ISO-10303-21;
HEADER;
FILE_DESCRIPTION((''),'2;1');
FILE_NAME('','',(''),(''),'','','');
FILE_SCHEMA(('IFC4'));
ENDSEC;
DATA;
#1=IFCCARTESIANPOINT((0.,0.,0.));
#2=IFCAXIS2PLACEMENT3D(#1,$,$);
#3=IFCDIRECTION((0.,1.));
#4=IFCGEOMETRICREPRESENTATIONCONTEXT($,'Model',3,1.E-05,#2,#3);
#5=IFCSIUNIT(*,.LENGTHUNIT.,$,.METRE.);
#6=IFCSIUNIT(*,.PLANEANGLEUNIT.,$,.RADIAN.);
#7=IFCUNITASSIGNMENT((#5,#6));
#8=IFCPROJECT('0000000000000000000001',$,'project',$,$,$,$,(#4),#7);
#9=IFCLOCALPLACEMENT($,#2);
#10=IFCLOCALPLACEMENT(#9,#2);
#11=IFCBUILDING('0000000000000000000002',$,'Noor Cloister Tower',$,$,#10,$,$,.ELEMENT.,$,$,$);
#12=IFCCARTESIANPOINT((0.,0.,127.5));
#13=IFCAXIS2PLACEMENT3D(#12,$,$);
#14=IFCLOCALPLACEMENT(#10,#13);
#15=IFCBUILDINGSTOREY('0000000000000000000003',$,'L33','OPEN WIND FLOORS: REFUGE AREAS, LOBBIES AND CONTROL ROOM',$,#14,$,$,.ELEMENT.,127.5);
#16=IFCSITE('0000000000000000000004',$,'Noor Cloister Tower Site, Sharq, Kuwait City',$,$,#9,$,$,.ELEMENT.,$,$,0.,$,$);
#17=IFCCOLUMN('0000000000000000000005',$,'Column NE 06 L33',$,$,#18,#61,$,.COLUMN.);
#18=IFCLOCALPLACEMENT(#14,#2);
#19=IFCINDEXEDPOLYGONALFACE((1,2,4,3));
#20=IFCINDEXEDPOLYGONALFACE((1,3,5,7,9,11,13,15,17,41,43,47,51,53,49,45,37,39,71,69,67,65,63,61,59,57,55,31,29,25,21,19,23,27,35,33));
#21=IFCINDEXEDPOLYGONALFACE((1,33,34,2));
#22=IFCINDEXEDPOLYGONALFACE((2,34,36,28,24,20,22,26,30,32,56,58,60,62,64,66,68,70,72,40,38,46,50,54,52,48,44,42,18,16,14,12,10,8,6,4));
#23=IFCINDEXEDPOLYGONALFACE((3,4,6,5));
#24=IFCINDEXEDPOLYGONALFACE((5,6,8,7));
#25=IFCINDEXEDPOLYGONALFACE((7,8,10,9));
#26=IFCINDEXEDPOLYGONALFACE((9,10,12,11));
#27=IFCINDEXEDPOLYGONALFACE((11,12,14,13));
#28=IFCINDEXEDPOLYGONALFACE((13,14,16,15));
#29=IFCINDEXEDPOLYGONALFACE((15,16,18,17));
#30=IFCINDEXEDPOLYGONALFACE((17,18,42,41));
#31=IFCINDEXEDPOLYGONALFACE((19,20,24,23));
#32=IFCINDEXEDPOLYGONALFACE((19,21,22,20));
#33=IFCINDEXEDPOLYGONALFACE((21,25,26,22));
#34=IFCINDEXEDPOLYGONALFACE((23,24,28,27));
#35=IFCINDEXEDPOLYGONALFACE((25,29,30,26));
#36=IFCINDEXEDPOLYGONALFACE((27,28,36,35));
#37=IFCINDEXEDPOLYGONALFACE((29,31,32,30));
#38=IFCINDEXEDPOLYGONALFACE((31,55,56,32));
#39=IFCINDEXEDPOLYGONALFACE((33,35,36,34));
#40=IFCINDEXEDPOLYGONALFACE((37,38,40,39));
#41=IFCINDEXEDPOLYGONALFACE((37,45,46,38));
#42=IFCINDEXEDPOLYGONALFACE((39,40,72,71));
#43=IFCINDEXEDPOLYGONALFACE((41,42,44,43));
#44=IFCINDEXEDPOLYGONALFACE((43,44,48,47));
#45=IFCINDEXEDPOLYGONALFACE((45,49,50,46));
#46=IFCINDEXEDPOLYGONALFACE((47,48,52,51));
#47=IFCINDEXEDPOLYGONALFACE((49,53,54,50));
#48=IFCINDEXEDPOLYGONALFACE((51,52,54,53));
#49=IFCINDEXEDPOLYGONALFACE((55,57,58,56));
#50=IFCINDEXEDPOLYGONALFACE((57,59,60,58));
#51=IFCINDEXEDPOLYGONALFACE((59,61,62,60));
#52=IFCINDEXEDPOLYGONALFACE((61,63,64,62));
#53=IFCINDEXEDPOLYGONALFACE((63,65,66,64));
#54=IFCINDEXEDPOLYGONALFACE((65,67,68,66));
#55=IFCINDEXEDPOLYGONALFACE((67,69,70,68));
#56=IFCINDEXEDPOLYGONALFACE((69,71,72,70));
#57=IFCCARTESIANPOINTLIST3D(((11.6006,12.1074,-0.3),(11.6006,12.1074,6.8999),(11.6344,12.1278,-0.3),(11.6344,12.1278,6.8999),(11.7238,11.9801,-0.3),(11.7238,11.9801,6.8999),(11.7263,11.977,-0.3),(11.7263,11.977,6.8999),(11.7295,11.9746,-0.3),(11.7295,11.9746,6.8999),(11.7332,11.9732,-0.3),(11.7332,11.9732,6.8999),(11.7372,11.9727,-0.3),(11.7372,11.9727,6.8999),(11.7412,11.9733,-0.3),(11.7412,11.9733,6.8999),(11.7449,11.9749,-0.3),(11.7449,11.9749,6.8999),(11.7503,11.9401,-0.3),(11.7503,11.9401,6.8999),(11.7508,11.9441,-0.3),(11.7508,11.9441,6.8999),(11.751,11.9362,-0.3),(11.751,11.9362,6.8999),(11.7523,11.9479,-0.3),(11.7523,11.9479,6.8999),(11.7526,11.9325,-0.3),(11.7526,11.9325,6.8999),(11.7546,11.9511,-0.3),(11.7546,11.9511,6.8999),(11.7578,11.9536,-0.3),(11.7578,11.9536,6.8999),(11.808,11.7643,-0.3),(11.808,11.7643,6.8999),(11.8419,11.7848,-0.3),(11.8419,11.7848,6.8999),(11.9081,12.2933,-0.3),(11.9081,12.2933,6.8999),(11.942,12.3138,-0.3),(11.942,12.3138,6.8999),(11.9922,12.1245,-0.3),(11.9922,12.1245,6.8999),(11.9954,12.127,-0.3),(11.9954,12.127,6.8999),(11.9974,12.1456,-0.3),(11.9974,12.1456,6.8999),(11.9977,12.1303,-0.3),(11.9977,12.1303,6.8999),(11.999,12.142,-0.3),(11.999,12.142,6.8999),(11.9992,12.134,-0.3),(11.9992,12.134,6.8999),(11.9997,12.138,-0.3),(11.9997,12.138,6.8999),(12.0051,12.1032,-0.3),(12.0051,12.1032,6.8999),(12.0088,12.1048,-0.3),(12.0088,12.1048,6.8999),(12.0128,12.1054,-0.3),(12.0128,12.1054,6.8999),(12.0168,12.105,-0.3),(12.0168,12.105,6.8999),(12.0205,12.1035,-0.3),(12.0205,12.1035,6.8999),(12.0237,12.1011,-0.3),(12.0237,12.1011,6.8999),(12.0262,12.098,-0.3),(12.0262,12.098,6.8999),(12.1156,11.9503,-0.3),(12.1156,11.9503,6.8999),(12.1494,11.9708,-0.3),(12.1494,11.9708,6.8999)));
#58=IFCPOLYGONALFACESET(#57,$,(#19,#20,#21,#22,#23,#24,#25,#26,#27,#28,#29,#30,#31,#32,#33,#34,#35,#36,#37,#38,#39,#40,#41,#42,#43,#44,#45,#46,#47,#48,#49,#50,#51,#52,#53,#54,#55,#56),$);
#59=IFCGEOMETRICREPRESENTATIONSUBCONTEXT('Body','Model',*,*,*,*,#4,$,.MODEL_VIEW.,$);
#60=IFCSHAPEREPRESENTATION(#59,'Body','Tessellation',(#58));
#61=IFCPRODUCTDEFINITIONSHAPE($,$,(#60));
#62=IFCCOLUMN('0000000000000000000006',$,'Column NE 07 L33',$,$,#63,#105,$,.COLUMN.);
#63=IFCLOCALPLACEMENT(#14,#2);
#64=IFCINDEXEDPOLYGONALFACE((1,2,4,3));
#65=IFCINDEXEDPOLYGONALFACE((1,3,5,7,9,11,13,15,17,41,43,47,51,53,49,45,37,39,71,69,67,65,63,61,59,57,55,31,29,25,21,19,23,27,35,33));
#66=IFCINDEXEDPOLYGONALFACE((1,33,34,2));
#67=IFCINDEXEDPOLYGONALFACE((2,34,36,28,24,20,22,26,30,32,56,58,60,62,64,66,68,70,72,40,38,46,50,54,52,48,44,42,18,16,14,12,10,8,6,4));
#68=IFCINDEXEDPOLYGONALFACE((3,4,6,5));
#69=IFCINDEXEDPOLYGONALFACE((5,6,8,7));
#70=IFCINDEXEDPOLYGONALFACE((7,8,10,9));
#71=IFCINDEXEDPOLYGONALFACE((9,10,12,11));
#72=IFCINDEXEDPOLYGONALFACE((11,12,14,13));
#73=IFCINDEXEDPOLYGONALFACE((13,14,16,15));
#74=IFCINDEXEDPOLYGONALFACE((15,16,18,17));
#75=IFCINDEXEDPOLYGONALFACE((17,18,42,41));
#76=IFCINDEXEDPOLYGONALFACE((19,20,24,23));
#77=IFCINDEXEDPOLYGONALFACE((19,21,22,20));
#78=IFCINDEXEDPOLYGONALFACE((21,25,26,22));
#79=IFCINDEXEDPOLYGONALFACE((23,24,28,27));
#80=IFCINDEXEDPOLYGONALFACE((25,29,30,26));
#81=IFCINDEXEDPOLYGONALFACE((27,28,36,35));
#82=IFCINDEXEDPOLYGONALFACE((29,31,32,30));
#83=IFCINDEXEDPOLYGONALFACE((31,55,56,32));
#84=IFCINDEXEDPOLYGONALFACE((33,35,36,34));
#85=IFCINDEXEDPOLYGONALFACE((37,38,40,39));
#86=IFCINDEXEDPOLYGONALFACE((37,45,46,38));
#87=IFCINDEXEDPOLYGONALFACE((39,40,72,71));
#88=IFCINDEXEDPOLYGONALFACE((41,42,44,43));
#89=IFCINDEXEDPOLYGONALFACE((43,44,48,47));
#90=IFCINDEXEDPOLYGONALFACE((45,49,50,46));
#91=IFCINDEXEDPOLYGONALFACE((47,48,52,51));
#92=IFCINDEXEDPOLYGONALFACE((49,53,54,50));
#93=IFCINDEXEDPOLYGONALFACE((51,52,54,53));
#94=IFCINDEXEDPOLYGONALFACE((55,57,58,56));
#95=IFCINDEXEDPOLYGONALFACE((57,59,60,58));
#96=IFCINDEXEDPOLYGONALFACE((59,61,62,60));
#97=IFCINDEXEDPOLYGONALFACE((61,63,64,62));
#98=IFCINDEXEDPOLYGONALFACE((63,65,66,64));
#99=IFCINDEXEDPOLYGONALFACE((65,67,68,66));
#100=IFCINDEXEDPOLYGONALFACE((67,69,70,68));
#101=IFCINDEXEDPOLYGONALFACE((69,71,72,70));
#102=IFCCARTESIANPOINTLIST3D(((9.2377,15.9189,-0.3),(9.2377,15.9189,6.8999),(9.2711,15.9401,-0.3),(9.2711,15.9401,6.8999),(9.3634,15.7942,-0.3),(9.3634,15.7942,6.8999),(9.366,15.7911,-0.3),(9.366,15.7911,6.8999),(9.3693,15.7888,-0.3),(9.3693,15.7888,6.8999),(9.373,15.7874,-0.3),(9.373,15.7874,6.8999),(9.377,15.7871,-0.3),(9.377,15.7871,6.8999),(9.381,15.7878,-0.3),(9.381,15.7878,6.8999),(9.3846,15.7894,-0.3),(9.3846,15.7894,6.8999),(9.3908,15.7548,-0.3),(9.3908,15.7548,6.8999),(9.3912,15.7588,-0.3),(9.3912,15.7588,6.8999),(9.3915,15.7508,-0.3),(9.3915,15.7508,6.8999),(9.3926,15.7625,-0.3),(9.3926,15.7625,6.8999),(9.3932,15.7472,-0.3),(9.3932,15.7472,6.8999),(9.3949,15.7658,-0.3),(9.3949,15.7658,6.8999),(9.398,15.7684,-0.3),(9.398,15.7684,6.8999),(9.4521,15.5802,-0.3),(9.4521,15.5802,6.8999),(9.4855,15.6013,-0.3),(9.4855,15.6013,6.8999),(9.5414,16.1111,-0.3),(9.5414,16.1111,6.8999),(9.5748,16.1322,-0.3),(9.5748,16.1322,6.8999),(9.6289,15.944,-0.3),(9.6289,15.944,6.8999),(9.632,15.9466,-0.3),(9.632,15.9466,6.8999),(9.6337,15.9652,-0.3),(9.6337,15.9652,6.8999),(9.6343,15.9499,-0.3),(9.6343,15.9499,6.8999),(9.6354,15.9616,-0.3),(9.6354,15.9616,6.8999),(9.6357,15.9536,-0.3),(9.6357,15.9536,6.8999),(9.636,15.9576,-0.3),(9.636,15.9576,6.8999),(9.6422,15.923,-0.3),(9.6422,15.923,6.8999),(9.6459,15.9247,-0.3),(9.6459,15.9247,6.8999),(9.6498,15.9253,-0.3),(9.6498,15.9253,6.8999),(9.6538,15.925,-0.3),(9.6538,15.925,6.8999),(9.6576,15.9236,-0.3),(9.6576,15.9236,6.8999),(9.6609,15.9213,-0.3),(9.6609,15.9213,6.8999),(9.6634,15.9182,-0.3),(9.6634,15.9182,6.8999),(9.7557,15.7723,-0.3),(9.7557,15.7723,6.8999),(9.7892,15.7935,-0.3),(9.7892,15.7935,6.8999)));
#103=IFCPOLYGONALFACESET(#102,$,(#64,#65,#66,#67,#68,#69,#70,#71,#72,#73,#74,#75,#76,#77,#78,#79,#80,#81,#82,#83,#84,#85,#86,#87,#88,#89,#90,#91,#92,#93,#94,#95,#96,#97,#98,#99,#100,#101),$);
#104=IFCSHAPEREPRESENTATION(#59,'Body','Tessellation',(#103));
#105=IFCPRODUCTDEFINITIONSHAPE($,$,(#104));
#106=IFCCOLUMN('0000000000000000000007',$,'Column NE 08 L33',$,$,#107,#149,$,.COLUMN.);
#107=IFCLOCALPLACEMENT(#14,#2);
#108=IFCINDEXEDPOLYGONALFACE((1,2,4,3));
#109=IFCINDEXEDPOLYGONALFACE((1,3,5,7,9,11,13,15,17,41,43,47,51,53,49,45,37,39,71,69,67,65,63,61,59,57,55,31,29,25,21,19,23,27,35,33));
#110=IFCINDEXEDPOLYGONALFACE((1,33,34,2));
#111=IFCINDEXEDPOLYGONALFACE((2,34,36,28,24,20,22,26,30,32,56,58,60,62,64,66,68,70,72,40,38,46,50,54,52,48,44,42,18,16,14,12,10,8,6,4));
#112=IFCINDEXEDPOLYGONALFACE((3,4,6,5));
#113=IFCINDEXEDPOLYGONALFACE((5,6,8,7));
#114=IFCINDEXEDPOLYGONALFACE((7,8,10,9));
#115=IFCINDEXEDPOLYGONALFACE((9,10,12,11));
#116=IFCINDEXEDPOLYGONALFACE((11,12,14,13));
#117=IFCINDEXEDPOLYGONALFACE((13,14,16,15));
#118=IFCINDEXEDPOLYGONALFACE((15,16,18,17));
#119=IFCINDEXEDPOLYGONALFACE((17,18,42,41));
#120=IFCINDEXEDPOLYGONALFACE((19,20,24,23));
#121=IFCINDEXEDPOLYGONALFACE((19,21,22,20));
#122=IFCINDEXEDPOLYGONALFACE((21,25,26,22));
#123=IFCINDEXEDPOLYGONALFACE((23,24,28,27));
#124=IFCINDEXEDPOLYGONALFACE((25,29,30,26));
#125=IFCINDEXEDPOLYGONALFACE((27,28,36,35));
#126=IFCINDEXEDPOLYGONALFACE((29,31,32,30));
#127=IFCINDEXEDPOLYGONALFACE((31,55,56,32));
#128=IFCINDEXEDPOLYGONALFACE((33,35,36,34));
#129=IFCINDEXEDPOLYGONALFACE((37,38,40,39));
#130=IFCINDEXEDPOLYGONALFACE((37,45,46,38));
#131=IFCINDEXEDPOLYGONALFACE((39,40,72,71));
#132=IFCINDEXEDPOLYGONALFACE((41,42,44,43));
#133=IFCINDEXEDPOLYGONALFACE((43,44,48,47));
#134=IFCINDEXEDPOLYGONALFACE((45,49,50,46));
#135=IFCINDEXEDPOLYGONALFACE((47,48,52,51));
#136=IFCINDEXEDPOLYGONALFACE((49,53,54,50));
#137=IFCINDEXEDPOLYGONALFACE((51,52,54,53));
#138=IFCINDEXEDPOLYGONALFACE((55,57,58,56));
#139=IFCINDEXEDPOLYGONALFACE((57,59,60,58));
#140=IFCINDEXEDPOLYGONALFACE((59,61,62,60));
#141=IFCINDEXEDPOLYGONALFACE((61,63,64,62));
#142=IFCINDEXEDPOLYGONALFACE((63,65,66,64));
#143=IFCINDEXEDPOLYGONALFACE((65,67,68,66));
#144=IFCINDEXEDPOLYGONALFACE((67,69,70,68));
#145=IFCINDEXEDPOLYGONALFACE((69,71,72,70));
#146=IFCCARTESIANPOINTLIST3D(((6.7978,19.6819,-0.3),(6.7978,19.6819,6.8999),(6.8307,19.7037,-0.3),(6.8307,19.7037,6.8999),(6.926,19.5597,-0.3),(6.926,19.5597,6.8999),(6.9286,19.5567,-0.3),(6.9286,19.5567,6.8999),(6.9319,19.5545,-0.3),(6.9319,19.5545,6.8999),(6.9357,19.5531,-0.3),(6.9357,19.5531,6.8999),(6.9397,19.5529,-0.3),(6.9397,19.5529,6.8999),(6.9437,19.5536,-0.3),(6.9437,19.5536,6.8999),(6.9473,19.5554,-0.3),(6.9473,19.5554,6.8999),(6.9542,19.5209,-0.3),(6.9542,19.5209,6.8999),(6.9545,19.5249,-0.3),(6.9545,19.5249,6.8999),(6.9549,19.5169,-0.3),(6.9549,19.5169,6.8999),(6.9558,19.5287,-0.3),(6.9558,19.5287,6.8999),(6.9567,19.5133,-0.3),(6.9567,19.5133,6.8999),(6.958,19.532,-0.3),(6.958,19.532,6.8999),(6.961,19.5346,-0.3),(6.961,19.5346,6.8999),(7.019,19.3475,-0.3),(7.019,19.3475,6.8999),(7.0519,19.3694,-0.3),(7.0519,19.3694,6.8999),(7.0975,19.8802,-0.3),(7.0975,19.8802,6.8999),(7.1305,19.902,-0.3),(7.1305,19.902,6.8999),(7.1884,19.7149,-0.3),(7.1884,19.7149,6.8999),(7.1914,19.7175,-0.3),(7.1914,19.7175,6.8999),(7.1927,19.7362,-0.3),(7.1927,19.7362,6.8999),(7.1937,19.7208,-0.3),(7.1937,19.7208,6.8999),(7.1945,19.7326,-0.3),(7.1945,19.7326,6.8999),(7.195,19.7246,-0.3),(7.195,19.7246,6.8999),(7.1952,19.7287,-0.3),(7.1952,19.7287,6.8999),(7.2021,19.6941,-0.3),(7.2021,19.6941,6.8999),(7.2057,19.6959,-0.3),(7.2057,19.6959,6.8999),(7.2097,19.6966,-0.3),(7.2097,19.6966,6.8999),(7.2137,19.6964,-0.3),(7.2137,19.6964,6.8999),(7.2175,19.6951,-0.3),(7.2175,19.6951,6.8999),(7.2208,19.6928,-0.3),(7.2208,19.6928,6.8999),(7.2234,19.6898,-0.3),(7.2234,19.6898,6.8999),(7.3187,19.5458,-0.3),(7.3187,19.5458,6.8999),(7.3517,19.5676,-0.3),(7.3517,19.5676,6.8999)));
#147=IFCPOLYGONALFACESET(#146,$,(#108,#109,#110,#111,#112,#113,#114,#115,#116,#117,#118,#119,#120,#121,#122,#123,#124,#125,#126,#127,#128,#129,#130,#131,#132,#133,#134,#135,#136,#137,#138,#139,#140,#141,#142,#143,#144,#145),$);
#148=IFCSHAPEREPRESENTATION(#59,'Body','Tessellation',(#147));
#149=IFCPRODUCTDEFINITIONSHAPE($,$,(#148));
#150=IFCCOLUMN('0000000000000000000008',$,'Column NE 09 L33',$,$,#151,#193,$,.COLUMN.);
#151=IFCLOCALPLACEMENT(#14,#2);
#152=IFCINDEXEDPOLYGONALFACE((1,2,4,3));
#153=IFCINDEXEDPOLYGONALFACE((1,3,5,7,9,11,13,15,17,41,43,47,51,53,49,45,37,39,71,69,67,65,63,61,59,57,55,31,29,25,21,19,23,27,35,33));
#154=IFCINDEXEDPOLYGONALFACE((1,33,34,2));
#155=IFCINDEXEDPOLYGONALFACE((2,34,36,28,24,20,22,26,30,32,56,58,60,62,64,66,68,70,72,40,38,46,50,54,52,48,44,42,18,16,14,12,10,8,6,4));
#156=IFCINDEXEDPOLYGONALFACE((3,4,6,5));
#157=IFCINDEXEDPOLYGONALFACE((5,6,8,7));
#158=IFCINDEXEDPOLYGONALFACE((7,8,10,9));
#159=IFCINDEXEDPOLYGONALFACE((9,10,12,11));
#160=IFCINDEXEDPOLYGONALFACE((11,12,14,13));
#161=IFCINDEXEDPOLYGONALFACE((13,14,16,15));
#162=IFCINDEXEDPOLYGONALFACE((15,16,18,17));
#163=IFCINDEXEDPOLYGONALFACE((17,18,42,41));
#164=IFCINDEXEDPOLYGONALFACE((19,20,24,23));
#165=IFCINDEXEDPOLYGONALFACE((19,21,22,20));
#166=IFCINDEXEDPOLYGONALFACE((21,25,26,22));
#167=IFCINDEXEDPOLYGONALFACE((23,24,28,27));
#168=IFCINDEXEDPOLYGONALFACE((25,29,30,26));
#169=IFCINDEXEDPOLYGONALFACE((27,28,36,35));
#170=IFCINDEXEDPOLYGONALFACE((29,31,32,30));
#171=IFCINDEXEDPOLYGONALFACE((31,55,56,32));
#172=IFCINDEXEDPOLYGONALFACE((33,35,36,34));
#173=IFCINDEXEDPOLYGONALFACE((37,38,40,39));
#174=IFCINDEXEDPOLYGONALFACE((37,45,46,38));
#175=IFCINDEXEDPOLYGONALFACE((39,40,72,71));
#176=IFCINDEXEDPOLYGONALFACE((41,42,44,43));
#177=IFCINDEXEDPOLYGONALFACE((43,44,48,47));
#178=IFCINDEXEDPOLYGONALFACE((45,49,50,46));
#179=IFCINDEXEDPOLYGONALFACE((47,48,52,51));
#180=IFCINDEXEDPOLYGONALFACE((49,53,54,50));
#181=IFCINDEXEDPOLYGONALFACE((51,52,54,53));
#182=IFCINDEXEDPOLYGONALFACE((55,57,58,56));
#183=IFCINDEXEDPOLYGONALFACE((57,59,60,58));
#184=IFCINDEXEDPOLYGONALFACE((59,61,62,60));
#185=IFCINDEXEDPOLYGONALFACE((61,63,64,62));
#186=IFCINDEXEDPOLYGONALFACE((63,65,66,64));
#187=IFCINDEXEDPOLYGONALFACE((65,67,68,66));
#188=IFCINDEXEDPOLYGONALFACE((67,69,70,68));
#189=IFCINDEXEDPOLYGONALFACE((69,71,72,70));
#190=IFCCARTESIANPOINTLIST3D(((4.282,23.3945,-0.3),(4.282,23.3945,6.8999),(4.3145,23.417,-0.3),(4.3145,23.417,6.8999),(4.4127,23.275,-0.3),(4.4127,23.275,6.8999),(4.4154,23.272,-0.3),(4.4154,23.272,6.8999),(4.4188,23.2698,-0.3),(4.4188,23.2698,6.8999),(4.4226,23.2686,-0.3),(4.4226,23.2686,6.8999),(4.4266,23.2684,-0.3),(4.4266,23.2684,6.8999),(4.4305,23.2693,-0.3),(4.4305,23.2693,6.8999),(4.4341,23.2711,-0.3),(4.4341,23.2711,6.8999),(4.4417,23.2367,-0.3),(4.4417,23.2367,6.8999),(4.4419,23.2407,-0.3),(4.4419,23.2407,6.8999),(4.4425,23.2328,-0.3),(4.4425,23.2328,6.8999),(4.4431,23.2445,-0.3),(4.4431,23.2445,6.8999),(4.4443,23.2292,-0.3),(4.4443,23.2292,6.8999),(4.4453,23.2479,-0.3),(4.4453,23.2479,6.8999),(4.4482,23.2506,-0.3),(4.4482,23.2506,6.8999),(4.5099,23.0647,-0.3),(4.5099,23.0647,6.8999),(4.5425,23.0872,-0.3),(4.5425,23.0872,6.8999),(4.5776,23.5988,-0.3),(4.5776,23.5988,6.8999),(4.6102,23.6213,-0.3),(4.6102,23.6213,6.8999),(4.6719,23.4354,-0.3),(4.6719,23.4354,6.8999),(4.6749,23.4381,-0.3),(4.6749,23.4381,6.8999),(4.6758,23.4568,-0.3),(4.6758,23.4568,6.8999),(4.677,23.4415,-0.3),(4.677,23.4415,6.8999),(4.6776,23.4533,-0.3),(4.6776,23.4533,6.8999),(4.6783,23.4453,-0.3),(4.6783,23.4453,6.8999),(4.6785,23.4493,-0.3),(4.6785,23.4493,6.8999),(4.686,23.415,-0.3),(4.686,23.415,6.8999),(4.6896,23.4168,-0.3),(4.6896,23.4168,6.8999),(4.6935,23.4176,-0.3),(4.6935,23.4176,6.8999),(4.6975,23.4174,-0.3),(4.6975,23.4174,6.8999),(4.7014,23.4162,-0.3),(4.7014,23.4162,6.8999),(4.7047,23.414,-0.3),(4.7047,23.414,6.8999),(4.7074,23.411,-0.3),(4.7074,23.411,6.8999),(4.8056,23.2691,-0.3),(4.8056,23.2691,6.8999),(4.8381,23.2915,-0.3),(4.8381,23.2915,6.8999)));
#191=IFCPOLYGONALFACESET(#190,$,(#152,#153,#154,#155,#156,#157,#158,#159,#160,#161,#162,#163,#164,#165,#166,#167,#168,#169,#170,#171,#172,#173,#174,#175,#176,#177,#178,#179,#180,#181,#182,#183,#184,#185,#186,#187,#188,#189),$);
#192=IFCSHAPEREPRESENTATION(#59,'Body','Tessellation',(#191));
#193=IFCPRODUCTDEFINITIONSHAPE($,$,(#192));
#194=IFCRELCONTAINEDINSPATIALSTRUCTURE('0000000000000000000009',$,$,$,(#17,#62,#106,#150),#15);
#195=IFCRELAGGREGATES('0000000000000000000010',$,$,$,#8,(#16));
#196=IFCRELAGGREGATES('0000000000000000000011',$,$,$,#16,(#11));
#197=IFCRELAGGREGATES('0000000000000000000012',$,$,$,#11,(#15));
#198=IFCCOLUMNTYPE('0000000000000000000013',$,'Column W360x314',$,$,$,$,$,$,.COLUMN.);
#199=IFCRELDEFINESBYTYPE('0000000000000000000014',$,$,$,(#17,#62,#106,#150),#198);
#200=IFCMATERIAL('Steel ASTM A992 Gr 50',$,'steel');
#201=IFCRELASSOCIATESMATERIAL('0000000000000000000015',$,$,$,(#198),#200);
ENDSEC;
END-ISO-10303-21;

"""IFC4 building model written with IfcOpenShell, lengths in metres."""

from ifc_helpers import new_model, si_unit, direction, frame, origin, origin_2d, place, context, subcontext, project, spatial, i_section, extrude, material, material_profile, profile_set, type_object, element, save


model = new_model("IFC4")

# Units and contexts
model_context = context("Model", 3, precision=1e-05, world=origin(), true_north=direction((0.0, 1.0)))
body_context = subcontext(model_context, "Body", "Model", "MODEL_VIEW")
ifc_project = project(units=[si_unit("LENGTHUNIT", "METRE"), si_unit("PLANEANGLEUNIT", "RADIAN")], contexts=[model_context])

# Site, building, storey
site_placement = place(None, origin())
site = spatial("IfcSite", under=ifc_project, at=site_placement, Name="Noor Cloister Tower Site, Sharq, Kuwait City", CompositionType="ELEMENT", RefElevation=0.0)
building_placement = place(site_placement, origin())
building = spatial("IfcBuilding", under=site, at=building_placement, Name="Noor Cloister Tower", CompositionType="ELEMENT")
storey_placement = place(building_placement, frame((0.0, 0.0, 127.5)))
storey = spatial("IfcBuildingStorey", under=building, at=storey_placement, Name="L33", Description="OPEN WIND FLOORS: REFUGE AREAS, LOBBIES AND CONTROL ROOM", CompositionType="ELEMENT", Elevation=127.5)

# Columns
ifc_material_1 = material(Name="Steel ASTM A992 Gr 50", Category="steel")
ifc_material_profile_1 = material_profile(ifc_material_1, i_section(OverallWidth=0.4009, OverallDepth=0.3989, WebThickness=0.0249, FlangeThickness=0.0396, FilletRadius=0.0154, at=origin_2d()), Name="W360x314")
ifc_profile_set_1 = profile_set([ifc_material_profile_1], Name="Steel ASTM A992 Gr 50")
column_type = type_object("IfcColumnType", Name="Column W360x314", PredefinedType="COLUMN", material=ifc_profile_set_1)
for number, where, z_axis, x_axis, name in (
    (1, (11.875, 12.0391, -0.3), (0.0, 0.0, 1.0), (-0.517472, 0.8557, 0.0), "Column NE 06 L33"),
    (2, (9.5134, 15.8562, -0.3), (0.0, 0.0, 1.0), (-0.53473, 0.845023, 0.0), "Column NE 07 L33"),
    (3, (7.0747, 19.6248, -0.3), (0.0, 0.0, 1.0), (-0.551768, 0.833997, 0.0), "Column NE 08 L33"),
    (4, (4.5601, 23.343, -0.3), (0.0, 0.0, 1.0), (-0.568579, 0.822628, 0.0), "Column NE 09 L33"),
):
    element("IfcColumn", number, at=place(storey_placement, frame(where, z_axis=z_axis, x_axis=x_axis)), inside=storey, type_object=column_type, Name=name, PredefinedType="COLUMN", context=body_context, shape_type="SweptSolid", body=[
        extrude(i_section(OverallWidth=0.4009, OverallDepth=0.3989, WebThickness=0.0249, FlangeThickness=0.0396, FilletRadius=0.0154, at=origin_2d()), origin(), (0.0, 0.0, 1.0), 7.2),
    ])

save(model, "model.ifc")
